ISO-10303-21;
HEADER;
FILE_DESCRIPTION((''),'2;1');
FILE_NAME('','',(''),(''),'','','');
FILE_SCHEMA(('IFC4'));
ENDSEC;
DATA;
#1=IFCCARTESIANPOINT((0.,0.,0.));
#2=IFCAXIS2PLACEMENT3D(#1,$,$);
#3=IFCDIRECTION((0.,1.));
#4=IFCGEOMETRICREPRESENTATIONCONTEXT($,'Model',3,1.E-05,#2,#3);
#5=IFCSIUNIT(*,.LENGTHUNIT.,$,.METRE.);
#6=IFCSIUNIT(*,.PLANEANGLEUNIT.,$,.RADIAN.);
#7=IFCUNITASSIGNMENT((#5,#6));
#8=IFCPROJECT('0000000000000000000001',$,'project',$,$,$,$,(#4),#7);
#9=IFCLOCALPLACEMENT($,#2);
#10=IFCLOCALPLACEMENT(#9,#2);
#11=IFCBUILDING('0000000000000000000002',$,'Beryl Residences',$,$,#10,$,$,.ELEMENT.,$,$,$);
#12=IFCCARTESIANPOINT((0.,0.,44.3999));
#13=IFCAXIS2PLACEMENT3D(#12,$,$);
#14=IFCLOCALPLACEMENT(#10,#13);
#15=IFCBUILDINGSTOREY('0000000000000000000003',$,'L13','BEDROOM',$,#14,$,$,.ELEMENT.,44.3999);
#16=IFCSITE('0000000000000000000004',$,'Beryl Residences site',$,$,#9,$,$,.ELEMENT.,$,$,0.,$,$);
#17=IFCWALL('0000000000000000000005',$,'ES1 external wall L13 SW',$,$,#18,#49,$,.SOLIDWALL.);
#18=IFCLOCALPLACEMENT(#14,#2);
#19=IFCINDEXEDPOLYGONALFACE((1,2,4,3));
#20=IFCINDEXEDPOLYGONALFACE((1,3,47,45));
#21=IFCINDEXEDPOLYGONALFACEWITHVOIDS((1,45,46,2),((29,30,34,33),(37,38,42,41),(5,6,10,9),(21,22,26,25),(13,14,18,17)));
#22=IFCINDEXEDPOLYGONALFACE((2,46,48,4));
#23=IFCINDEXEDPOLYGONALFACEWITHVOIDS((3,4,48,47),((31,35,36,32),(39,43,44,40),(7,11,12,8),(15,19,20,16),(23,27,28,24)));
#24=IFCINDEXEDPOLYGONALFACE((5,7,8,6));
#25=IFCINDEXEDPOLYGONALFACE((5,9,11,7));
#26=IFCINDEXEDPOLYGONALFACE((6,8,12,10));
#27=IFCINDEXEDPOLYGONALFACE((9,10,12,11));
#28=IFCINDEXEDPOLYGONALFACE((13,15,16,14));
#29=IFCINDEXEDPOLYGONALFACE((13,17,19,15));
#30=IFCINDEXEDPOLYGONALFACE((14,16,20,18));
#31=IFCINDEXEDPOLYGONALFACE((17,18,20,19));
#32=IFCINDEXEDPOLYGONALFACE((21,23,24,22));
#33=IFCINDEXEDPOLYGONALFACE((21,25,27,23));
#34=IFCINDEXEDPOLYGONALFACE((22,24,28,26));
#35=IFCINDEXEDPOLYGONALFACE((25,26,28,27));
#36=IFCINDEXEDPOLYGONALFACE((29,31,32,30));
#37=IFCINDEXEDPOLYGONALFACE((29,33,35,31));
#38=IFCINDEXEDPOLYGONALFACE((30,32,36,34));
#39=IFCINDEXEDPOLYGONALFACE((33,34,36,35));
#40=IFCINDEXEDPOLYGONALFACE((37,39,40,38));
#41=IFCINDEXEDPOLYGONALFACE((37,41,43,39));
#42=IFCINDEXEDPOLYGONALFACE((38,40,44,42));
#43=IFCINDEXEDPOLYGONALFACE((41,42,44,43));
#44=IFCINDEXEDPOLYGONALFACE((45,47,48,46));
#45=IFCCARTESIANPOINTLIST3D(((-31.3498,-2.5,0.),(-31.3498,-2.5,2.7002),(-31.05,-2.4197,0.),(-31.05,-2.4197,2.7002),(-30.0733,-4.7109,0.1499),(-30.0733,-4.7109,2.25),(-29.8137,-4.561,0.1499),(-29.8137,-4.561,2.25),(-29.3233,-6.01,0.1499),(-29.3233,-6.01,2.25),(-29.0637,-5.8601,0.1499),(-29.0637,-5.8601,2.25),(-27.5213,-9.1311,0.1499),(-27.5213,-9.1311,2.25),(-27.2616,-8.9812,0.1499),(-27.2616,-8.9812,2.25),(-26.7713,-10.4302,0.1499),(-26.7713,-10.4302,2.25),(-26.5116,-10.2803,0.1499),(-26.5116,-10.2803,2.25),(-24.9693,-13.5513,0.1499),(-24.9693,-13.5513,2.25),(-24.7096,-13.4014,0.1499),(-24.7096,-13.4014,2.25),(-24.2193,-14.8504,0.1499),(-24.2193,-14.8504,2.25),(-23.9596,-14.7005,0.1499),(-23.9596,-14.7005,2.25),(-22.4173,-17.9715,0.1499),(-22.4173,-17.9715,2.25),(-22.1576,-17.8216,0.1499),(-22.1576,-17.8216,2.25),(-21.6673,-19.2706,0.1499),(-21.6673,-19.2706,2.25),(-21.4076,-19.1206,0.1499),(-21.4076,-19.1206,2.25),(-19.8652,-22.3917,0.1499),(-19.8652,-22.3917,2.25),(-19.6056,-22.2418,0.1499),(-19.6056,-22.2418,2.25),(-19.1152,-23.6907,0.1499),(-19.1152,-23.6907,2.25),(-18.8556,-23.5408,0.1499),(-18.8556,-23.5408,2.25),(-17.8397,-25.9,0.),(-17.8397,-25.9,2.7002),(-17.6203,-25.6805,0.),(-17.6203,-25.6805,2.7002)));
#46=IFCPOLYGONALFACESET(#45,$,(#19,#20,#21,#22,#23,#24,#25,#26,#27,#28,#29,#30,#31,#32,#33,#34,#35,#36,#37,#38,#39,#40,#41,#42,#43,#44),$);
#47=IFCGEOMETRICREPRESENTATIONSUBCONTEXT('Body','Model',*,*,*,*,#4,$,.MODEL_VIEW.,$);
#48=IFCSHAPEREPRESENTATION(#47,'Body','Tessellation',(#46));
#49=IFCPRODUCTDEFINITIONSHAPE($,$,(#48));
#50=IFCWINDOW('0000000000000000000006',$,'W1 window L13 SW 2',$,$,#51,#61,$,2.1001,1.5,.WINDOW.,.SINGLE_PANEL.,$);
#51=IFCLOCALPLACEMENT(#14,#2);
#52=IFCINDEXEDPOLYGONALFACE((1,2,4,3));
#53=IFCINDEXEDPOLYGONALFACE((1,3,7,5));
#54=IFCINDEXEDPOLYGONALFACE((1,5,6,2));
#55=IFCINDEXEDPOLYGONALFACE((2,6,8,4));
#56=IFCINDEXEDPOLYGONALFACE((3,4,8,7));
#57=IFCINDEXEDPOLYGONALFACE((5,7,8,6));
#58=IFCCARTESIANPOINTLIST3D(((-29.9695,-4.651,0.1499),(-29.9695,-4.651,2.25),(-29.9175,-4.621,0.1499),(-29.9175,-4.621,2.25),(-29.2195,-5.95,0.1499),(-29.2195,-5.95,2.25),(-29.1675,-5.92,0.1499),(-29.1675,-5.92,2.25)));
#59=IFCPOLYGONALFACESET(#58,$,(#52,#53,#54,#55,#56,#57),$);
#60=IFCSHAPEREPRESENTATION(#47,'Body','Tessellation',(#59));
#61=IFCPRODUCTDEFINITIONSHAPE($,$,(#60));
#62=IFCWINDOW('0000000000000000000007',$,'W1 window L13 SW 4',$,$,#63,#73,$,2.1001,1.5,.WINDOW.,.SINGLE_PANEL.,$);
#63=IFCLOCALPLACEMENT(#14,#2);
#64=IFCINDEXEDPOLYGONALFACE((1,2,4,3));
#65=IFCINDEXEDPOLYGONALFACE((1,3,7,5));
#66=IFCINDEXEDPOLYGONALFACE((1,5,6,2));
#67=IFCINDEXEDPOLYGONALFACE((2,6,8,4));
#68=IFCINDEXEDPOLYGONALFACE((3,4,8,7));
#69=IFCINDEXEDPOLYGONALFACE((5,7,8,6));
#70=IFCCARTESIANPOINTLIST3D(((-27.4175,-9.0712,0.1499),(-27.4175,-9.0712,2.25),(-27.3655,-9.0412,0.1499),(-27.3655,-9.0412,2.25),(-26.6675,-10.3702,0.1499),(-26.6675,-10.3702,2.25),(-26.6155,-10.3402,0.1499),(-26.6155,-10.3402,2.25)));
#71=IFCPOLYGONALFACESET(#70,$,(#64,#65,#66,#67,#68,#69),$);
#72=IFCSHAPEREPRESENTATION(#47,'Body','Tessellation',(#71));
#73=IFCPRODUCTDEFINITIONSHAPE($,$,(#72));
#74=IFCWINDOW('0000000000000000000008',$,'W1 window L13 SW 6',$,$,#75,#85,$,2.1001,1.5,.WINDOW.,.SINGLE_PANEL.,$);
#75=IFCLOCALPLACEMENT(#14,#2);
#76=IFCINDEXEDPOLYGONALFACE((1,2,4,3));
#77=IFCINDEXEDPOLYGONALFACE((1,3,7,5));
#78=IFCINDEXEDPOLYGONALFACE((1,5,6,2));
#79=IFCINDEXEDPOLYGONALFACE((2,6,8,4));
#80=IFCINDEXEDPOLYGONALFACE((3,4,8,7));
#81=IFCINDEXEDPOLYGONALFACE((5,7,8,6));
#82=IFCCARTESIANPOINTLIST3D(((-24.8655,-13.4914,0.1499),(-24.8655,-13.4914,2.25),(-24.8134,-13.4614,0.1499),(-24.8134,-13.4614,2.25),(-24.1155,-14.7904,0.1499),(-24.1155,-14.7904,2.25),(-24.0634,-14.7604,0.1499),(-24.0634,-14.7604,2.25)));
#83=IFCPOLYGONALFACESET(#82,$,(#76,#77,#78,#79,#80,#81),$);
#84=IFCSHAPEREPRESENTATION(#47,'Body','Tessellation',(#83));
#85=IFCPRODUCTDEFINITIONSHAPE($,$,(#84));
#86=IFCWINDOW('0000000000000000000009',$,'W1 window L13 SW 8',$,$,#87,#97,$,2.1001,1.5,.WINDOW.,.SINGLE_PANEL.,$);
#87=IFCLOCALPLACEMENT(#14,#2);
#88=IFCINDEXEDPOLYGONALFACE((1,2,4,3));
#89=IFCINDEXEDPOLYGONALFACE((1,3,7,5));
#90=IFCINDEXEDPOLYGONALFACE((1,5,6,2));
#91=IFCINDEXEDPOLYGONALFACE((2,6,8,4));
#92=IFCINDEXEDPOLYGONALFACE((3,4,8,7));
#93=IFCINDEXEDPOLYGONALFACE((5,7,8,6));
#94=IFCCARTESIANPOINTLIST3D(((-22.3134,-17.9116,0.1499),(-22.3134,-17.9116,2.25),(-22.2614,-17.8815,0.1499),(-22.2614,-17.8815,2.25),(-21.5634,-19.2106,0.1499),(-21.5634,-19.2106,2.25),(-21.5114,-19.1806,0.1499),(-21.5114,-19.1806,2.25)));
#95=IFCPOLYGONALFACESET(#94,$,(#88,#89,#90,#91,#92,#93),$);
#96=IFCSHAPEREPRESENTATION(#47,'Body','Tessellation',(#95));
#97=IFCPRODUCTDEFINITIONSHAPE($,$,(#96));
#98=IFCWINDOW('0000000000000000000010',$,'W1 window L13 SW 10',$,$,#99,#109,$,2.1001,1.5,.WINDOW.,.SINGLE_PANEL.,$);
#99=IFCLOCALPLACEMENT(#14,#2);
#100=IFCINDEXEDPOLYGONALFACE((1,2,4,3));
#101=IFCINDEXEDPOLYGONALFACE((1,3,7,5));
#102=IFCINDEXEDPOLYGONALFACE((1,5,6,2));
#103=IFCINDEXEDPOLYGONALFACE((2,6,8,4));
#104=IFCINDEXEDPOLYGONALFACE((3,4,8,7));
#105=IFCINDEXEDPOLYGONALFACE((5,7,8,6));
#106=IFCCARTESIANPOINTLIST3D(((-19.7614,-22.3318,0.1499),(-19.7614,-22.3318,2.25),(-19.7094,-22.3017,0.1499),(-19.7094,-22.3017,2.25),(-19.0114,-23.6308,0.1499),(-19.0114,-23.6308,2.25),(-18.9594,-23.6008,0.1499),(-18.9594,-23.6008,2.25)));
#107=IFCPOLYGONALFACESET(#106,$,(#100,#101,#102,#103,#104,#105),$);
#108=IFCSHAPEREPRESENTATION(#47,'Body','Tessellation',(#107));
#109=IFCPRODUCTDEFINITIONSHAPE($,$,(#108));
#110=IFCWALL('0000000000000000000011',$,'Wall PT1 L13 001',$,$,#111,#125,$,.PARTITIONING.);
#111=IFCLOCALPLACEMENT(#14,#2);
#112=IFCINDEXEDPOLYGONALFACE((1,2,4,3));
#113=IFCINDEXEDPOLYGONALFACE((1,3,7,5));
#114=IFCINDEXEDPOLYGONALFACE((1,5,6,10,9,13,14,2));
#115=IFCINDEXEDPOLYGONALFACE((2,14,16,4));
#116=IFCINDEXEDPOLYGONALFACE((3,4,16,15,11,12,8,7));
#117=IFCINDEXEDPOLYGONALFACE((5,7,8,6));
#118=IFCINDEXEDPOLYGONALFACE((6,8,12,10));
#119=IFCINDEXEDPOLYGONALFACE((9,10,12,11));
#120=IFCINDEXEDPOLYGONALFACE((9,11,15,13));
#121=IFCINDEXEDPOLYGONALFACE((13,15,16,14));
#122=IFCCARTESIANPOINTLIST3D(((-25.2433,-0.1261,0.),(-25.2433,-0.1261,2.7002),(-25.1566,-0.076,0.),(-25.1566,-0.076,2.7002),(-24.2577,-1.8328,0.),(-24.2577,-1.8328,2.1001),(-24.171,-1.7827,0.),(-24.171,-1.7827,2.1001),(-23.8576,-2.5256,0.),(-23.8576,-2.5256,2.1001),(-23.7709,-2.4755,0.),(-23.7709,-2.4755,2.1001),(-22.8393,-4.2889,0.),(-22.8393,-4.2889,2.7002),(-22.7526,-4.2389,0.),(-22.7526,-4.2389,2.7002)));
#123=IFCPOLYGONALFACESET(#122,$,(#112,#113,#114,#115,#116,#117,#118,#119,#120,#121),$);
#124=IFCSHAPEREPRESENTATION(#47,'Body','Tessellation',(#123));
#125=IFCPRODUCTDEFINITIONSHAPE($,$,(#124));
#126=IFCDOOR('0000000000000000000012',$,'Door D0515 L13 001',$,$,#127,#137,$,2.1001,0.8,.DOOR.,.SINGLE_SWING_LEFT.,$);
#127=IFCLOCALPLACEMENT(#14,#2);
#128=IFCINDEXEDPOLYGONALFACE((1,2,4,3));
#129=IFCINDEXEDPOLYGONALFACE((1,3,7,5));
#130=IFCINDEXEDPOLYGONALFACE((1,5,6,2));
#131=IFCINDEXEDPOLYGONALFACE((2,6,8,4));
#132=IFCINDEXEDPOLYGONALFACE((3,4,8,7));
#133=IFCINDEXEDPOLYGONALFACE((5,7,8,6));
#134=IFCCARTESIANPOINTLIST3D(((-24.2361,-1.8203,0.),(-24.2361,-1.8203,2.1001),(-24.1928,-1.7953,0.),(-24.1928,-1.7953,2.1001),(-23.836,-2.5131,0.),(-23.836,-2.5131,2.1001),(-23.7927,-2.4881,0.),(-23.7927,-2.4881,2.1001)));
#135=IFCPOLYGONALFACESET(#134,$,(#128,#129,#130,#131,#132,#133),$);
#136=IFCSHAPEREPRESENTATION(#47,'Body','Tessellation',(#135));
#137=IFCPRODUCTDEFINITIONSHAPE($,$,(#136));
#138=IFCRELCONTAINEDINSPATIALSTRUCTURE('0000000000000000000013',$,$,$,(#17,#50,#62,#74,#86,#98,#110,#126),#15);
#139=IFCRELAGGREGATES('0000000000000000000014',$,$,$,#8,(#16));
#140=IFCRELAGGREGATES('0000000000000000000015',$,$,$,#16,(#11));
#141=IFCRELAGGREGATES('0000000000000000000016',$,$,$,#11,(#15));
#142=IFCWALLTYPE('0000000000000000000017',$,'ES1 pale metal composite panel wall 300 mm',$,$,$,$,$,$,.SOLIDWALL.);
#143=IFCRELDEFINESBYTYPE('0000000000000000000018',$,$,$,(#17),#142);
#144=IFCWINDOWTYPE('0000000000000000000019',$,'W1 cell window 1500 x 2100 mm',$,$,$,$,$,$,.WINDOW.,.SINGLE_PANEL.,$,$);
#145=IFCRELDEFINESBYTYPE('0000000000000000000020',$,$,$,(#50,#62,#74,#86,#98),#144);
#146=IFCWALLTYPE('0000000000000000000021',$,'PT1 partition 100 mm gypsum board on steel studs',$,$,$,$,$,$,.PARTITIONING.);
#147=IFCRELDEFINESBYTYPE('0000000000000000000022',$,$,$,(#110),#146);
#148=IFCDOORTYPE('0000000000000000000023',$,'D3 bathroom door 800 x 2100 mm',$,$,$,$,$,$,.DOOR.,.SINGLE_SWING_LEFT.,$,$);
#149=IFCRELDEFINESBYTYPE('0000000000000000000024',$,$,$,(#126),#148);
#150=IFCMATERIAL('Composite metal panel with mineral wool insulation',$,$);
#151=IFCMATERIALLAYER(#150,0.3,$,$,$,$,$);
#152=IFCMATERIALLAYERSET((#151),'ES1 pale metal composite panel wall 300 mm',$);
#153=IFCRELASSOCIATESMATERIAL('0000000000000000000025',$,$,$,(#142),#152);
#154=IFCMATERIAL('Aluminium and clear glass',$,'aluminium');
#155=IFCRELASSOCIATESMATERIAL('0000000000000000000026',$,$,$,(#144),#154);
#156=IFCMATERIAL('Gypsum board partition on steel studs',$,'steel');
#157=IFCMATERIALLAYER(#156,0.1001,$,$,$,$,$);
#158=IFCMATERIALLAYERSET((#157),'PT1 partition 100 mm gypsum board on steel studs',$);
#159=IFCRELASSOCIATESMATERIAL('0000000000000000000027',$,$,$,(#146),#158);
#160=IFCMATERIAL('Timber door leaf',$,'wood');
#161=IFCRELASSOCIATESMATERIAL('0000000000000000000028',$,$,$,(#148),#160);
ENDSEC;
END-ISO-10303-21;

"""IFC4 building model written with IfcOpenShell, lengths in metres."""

from ifc_helpers import new_model, si_unit, direction, frame, frame_2d, origin, place, context, subcontext, project, spatial, polyline, rectangle, outline, extrude, material, layer, layer_set, type_object, element, fill, save


model = new_model("IFC4")

# Units and contexts
model_context = context("Model", 3, precision=1e-05, world=origin(), true_north=direction((0.0, 1.0)))
body_context = subcontext(model_context, "Body", "Model", "MODEL_VIEW")
ifc_project = project(units=[si_unit("LENGTHUNIT", "METRE"), si_unit("PLANEANGLEUNIT", "RADIAN")], contexts=[model_context])

# Site, building, storey
site_placement = place(None, origin())
site = spatial("IfcSite", under=ifc_project, at=site_placement, Name="Beryl Residences site", CompositionType="ELEMENT", RefElevation=0.0)
building_placement = place(site_placement, origin())
building = spatial("IfcBuilding", under=site, at=building_placement, Name="Beryl Residences", CompositionType="ELEMENT")
storey_placement = place(building_placement, frame((0.0, 0.0, 44.3999)))
storey = spatial("IfcBuildingStorey", under=building, at=storey_placement, Name="L13", Description="BEDROOM", CompositionType="ELEMENT", Elevation=44.3999)

# Shared definitions
ifc_material_1 = material(Name="Composite metal panel with mineral wool insulation")
ifc_layer_1 = layer(ifc_material_1, 0.3)
ifc_layer_set_1 = layer_set([ifc_layer_1], Name="ES1 pale metal composite panel wall 300 mm")
wall_type_1 = type_object("IfcWallType", Name="ES1 pale metal composite panel wall 300 mm", PredefinedType="SOLIDWALL", material=ifc_layer_set_1)

# Wall, openings, windows
wall_1_placement = place(storey_placement, frame((-31.22, -2.425, 0.0), z_axis=(0.0, 0.0, 1.0), x_axis=(0.500002, -0.866024, 0.0)))
wall_1 = element("IfcWall", 1, at=wall_1_placement, inside=storey, type_object=wall_type_1, Name="ES1 external wall L13 SW", PredefinedType="SOLIDWALL", context=body_context, shape_type="SweptSolid", body=[
    extrude(outline(polyline([(0.0, -0.1499), (27.02, -0.1499), (26.9397, 0.1499), (0.0803, 0.1499), (0.0, -0.1499)])), origin(), (0.0, 0.0, 1.0), 2.7002),
])
opening_1_placement = place(wall_1_placement, frame((2.553, 0.0, 0.1499)))
opening_1 = element("IfcOpeningElement", 2, at=opening_1_placement, cuts=wall_1, PredefinedType="OPENING", context=body_context, shape_type="SweptSolid", body=[
    extrude(rectangle(XDim=1.5, YDim=2.1001, at=frame_2d((0.75, 1.05))), frame((0.0, 0.1599, 0.0), z_axis=(0.0, -1.0, 0.0), x_axis=(1.0, 0.0, 0.0)), (0.0, 0.0, 1.0), 0.3201),
])
opening_2_placement = place(wall_1_placement, frame((7.657, 0.0, 0.1499)))
opening_2 = element("IfcOpeningElement", 3, at=opening_2_placement, cuts=wall_1, PredefinedType="OPENING", context=body_context, shape_type="SweptSolid", body=[
    extrude(rectangle(XDim=1.5, YDim=2.1001, at=frame_2d((0.75, 1.05))), frame((0.0, 0.1599, 0.0), z_axis=(0.0, -1.0, 0.0), x_axis=(1.0, 0.0, 0.0)), (0.0, 0.0, 1.0), 0.3201),
])
opening_3_placement = place(wall_1_placement, frame((12.761, 0.0, 0.1499)))
opening_3 = element("IfcOpeningElement", 4, at=opening_3_placement, cuts=wall_1, PredefinedType="OPENING", context=body_context, shape_type="SweptSolid", body=[
    extrude(rectangle(XDim=1.5, YDim=2.1001, at=frame_2d((0.75, 1.05))), frame((0.0, 0.1599, 0.0), z_axis=(0.0, -1.0, 0.0), x_axis=(1.0, 0.0, 0.0)), (0.0, 0.0, 1.0), 0.3201),
])
opening_4_placement = place(wall_1_placement, frame((17.865, 0.0, 0.1499)))
opening_4 = element("IfcOpeningElement", 5, at=opening_4_placement, cuts=wall_1, PredefinedType="OPENING", context=body_context, shape_type="SweptSolid", body=[
    extrude(rectangle(XDim=1.5, YDim=2.1001, at=frame_2d((0.75, 1.05))), frame((0.0, 0.1599, 0.0), z_axis=(0.0, -1.0, 0.0), x_axis=(1.0, 0.0, 0.0)), (0.0, 0.0, 1.0), 0.3201),
])
opening_5_placement = place(wall_1_placement, frame((22.969, 0.0, 0.1499)))
opening_5 = element("IfcOpeningElement", 6, at=opening_5_placement, cuts=wall_1, PredefinedType="OPENING", context=body_context, shape_type="SweptSolid", body=[
    extrude(rectangle(XDim=1.5, YDim=2.1001, at=frame_2d((0.75, 1.05))), frame((0.0, 0.1599, 0.0), z_axis=(0.0, -1.0, 0.0), x_axis=(1.0, 0.0, 0.0)), (0.0, 0.0, 1.0), 0.3201),
])
ifc_material_2 = material(Name="Aluminium and clear glass", Category="aluminium")
window_type_1 = type_object("IfcWindowType", Name="W1 cell window 1500 x 2100 mm", PartitioningType="SINGLE_PANEL", PredefinedType="WINDOW", material=ifc_material_2)
window_1_placement = place(opening_1_placement, origin())
window_1 = element("IfcWindow", 7, at=window_1_placement, inside=storey, type_object=window_type_1, Name="W1 window L13 SW 2", OverallHeight=2.1001, OverallWidth=1.5, PartitioningType="SINGLE_PANEL", PredefinedType="WINDOW", context=body_context, shape_type="SweptSolid", body=[
    extrude(rectangle(XDim=1.5, YDim=2.1001, at=frame_2d((0.75, 1.05))), frame((0.0, 0.03, 0.0), z_axis=(0.0, -1.0, 0.0), x_axis=(1.0, 0.0, 0.0)), (0.0, 0.0, 1.0), 0.0601),
])
fill(opening_1, window_1)
window_2_placement = place(opening_2_placement, origin())
window_2 = element("IfcWindow", 8, at=window_2_placement, inside=storey, type_object=window_type_1, Name="W1 window L13 SW 4", OverallHeight=2.1001, OverallWidth=1.5, PartitioningType="SINGLE_PANEL", PredefinedType="WINDOW", context=body_context, shape_type="SweptSolid", body=[
    extrude(rectangle(XDim=1.5, YDim=2.1001, at=frame_2d((0.75, 1.05))), frame((0.0, 0.03, 0.0), z_axis=(0.0, -1.0, 0.0), x_axis=(1.0, 0.0, 0.0)), (0.0, 0.0, 1.0), 0.0601),
])
fill(opening_2, window_2)
window_3_placement = place(opening_3_placement, origin())
window_3 = element("IfcWindow", 9, at=window_3_placement, inside=storey, type_object=window_type_1, Name="W1 window L13 SW 6", OverallHeight=2.1001, OverallWidth=1.5, PartitioningType="SINGLE_PANEL", PredefinedType="WINDOW", context=body_context, shape_type="SweptSolid", body=[
    extrude(rectangle(XDim=1.5, YDim=2.1001, at=frame_2d((0.75, 1.05))), frame((0.0, 0.03, 0.0), z_axis=(0.0, -1.0, 0.0), x_axis=(1.0, 0.0, 0.0)), (0.0, 0.0, 1.0), 0.0601),
])
fill(opening_3, window_3)
window_4_placement = place(opening_4_placement, origin())
window_4 = element("IfcWindow", 10, at=window_4_placement, inside=storey, type_object=window_type_1, Name="W1 window L13 SW 8", OverallHeight=2.1001, OverallWidth=1.5, PartitioningType="SINGLE_PANEL", PredefinedType="WINDOW", context=body_context, shape_type="SweptSolid", body=[
    extrude(rectangle(XDim=1.5, YDim=2.1001, at=frame_2d((0.75, 1.05))), frame((0.0, 0.03, 0.0), z_axis=(0.0, -1.0, 0.0), x_axis=(1.0, 0.0, 0.0)), (0.0, 0.0, 1.0), 0.0601),
])
fill(opening_4, window_4)
window_5_placement = place(opening_5_placement, origin())
window_5 = element("IfcWindow", 11, at=window_5_placement, inside=storey, type_object=window_type_1, Name="W1 window L13 SW 10", OverallHeight=2.1001, OverallWidth=1.5, PartitioningType="SINGLE_PANEL", PredefinedType="WINDOW", context=body_context, shape_type="SweptSolid", body=[
    extrude(rectangle(XDim=1.5, YDim=2.1001, at=frame_2d((0.75, 1.05))), frame((0.0, 0.03, 0.0), z_axis=(0.0, -1.0, 0.0), x_axis=(1.0, 0.0, 0.0)), (0.0, 0.0, 1.0), 0.0601),
])
fill(opening_5, window_5)

# Wall, opening, door
ifc_material_3 = material(Name="Gypsum board partition on steel studs", Category="steel")
ifc_layer_2 = layer(ifc_material_3, 0.1001)
ifc_layer_set_2 = layer_set([ifc_layer_2], Name="PT1 partition 100 mm gypsum board on steel studs")
wall_type_2 = type_object("IfcWallType", Name="PT1 partition 100 mm gypsum board on steel studs", PredefinedType="PARTITIONING", material=ifc_layer_set_2)
wall_2_placement = place(storey_placement, frame((-25.2, -0.1011, 0.0), z_axis=(0.0, 0.0, 1.0), x_axis=(0.500099, -0.865968, 0.0)))
wall_2 = element("IfcWall", 12, at=wall_2_placement, inside=storey, type_object=wall_type_2, Name="Wall PT1 L13 001", PredefinedType="PARTITIONING", context=body_context, shape_type="SweptSolid", body=[
    extrude(rectangle(XDim=4.8071, YDim=0.1001, at=frame_2d((2.4036, 0.0))), origin(), (0.0, 0.0, 1.0), 2.7002),
])
opening_6_placement = place(wall_2_placement, frame((1.9709, 0.0, 0.0)))
opening_6 = element("IfcOpeningElement", 13, at=opening_6_placement, cuts=wall_2, PredefinedType="OPENING", context=body_context, shape_type="SweptSolid", body=[
    extrude(rectangle(XDim=0.8, YDim=2.1001, at=frame_2d((0.3999, 1.05))), frame((0.0, 0.0601, 0.0), z_axis=(0.0, -1.0, 0.0), x_axis=(1.0, 0.0, 0.0)), (0.0, 0.0, 1.0), 0.1201),
])
ifc_material_4 = material(Name="Timber door leaf", Category="wood")
door_type = type_object("IfcDoorType", Name="D3 bathroom door 800 x 2100 mm", OperationType="SINGLE_SWING_LEFT", PredefinedType="DOOR", material=ifc_material_4)
door_1_placement = place(opening_6_placement, origin())
door_1 = element("IfcDoor", 14, at=door_1_placement, inside=storey, type_object=door_type, Name="Door D0515 L13 001", OperationType="SINGLE_SWING_LEFT", OverallHeight=2.1001, OverallWidth=0.8, PredefinedType="DOOR", context=body_context, shape_type="SweptSolid", body=[
    extrude(rectangle(XDim=0.8, YDim=2.1001, at=frame_2d((0.3999, 1.05))), frame((0.0, 0.0249, 0.0), z_axis=(0.0, -1.0, 0.0), x_axis=(1.0, 0.0, 0.0)), (0.0, 0.0, 1.0), 0.05),
])
fill(opening_6, door_1)

save(model, "model.ifc")
